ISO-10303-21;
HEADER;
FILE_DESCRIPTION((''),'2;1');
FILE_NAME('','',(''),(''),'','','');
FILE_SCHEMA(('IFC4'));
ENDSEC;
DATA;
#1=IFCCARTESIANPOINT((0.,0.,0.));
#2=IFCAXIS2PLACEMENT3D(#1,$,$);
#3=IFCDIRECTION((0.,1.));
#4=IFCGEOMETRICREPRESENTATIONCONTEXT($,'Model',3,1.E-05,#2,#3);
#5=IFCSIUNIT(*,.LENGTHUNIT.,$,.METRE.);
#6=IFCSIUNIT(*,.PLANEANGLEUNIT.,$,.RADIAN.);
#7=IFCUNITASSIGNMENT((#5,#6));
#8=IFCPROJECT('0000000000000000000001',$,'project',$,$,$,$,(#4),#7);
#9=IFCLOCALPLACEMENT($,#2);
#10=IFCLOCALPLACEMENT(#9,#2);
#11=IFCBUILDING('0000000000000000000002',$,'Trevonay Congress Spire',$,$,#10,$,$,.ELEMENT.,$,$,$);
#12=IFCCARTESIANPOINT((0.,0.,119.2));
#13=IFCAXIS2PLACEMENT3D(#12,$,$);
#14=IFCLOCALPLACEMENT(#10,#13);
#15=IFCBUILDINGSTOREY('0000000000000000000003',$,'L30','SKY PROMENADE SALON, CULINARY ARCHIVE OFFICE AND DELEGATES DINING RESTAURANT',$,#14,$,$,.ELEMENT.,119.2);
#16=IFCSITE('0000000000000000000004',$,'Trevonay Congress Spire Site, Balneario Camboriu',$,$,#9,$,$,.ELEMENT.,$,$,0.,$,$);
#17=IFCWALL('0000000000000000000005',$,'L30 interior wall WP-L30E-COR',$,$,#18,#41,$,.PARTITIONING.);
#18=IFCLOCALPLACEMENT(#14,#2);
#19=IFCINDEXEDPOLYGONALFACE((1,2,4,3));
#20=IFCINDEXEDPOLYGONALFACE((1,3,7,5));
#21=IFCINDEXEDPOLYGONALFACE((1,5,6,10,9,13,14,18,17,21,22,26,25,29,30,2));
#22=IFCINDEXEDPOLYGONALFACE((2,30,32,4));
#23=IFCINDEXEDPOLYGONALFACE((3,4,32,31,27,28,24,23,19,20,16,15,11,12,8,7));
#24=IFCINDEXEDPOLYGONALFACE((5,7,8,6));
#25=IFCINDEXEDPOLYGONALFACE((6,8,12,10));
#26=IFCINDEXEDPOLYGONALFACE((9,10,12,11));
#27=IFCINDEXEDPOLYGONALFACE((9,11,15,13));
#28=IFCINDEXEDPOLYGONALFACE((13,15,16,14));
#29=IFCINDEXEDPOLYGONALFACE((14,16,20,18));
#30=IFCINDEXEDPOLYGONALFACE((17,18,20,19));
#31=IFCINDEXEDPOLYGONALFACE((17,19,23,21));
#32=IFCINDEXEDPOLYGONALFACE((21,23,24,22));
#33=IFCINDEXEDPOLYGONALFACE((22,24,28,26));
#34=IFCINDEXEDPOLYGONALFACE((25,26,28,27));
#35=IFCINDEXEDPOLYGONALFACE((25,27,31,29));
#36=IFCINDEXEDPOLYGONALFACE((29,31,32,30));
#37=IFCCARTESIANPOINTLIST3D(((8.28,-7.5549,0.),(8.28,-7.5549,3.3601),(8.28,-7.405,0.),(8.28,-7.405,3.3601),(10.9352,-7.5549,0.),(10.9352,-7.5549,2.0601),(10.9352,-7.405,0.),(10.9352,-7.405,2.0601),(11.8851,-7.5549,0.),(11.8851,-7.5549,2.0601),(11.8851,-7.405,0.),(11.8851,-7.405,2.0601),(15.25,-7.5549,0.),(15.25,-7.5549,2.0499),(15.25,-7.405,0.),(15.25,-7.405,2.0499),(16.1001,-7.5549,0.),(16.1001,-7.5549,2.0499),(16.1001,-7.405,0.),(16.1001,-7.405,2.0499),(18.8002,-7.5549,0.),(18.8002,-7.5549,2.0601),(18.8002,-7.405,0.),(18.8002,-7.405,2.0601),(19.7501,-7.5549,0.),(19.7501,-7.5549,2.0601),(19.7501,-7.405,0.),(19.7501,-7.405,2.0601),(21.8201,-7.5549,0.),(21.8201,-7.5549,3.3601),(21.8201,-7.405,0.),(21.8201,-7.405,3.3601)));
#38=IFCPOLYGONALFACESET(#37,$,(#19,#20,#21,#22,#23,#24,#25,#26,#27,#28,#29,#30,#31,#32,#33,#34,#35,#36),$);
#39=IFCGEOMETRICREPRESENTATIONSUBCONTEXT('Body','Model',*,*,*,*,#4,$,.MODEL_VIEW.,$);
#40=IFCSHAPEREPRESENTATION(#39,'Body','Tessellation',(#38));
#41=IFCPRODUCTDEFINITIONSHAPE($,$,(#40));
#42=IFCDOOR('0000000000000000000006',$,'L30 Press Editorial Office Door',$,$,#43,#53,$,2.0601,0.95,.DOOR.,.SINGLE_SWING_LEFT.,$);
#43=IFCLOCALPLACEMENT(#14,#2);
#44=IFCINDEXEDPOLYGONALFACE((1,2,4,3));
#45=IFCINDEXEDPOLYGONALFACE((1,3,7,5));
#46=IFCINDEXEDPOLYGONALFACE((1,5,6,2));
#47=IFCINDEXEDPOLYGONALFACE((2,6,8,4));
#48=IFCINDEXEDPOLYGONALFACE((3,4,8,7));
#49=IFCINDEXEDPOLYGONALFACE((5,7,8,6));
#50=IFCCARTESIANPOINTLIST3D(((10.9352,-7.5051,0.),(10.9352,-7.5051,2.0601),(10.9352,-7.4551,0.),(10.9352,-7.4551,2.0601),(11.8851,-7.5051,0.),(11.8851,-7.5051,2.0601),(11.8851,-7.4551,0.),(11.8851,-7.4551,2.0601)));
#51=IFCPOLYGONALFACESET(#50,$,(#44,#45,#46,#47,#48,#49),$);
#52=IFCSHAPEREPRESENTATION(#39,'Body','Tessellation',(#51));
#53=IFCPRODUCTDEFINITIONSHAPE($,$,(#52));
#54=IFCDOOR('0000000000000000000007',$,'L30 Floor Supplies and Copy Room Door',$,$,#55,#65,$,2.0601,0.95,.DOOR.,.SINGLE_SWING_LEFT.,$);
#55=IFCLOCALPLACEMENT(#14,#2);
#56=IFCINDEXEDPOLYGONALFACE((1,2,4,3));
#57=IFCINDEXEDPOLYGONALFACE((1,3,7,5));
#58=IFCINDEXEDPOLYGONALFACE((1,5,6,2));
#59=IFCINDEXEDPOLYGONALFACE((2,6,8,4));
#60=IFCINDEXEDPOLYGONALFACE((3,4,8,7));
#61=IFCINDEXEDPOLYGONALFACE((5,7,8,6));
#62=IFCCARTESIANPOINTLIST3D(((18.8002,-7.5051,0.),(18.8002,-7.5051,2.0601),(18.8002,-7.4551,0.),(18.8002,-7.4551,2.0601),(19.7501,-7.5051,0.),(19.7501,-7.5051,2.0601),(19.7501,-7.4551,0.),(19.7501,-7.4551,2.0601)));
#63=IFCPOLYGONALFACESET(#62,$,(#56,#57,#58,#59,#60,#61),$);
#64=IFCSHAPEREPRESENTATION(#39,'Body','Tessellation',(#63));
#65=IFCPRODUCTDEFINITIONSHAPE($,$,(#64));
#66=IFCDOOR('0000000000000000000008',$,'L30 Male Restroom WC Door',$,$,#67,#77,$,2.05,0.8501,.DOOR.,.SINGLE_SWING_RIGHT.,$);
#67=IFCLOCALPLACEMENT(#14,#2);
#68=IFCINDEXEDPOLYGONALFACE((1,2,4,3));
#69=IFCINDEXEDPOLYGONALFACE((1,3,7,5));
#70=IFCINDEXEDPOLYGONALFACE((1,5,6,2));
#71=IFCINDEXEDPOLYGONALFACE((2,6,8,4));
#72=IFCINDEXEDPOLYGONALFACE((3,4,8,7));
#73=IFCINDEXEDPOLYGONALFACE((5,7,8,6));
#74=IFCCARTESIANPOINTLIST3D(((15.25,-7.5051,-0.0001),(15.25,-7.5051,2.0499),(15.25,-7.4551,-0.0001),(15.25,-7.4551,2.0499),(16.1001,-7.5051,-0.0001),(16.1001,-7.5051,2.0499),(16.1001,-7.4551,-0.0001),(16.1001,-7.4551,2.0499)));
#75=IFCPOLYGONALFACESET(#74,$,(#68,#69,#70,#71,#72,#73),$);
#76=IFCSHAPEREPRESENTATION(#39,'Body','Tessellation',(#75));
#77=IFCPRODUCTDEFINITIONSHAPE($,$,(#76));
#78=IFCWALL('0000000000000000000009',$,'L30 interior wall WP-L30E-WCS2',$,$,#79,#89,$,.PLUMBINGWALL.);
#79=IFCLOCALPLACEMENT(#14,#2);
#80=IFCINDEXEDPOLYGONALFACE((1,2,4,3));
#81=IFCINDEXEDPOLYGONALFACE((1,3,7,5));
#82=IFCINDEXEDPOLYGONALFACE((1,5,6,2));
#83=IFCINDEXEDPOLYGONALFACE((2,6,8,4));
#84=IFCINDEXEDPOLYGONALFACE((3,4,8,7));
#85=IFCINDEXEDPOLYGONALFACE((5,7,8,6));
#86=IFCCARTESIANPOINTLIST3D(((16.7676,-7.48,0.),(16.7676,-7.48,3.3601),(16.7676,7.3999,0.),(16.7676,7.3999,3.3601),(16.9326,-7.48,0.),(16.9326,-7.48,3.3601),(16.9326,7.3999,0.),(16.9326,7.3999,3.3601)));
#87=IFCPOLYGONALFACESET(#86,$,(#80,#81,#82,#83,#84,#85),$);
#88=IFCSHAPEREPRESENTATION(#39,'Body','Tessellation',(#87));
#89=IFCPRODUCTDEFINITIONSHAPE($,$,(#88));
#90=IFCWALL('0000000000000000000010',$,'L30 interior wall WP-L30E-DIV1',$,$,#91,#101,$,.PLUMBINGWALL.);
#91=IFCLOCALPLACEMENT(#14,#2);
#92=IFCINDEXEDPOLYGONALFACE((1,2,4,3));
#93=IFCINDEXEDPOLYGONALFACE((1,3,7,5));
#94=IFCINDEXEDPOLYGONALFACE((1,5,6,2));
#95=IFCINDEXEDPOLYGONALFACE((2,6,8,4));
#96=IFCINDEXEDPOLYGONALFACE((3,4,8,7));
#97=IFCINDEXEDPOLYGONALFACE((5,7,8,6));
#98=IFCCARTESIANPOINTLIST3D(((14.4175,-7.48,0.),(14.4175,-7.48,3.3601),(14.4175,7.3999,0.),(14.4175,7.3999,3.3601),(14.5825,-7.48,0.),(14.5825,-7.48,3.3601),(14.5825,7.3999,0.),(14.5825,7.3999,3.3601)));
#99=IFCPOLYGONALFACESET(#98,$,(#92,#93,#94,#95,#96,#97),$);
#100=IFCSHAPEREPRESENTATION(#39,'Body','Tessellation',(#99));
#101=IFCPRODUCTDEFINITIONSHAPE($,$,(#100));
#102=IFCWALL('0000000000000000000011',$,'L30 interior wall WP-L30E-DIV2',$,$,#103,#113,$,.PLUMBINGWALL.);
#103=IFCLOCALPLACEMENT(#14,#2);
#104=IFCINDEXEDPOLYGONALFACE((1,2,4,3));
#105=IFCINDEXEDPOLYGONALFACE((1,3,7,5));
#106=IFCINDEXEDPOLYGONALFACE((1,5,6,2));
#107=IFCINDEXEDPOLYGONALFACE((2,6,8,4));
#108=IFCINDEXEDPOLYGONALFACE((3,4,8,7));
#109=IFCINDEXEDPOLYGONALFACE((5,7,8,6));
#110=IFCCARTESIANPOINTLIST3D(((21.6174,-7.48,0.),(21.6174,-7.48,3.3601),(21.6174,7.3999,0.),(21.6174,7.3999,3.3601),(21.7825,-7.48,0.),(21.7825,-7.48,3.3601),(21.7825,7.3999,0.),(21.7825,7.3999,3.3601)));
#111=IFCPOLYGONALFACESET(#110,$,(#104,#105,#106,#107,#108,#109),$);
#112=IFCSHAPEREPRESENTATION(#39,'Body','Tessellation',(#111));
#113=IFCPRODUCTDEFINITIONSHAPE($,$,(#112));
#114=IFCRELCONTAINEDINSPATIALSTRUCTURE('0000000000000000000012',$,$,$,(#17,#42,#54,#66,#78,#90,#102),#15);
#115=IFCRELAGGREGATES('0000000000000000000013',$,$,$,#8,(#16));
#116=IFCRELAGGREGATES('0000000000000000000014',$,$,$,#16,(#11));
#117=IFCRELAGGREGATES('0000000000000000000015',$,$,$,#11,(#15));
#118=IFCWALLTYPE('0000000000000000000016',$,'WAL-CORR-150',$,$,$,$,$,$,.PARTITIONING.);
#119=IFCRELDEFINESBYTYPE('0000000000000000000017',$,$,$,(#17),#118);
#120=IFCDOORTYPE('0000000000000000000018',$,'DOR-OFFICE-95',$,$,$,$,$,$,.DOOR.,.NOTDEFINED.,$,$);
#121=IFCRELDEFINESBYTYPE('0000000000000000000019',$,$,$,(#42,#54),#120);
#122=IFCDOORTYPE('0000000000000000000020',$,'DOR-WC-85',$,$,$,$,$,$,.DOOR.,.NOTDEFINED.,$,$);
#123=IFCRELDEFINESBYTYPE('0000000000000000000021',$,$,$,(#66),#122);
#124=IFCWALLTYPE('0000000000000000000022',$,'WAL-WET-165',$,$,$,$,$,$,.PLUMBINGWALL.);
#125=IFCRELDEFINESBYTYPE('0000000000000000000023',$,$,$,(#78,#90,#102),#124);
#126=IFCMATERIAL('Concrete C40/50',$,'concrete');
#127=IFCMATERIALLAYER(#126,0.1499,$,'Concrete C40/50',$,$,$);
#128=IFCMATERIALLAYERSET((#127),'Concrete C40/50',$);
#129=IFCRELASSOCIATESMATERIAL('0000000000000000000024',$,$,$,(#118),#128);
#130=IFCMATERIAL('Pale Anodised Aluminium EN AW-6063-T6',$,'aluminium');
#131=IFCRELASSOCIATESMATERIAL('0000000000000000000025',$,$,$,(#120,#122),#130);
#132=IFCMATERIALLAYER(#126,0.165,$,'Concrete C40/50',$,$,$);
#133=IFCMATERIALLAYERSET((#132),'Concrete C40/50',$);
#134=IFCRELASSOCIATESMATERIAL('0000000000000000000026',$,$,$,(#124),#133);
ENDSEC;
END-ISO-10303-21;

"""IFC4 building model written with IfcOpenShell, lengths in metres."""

from ifc_helpers import new_model, si_unit, direction, frame, frame_2d, origin, place, context, subcontext, project, spatial, rectangle, extrude, material, layer, layer_set, type_object, element, fill, save


model = new_model("IFC4")

# Units and contexts
model_context = context("Model", 3, precision=1e-05, world=origin(), true_north=direction((0.0, 1.0)))
body_context = subcontext(model_context, "Body", "Model", "MODEL_VIEW")
ifc_project = project(units=[si_unit("LENGTHUNIT", "METRE"), si_unit("PLANEANGLEUNIT", "RADIAN")], contexts=[model_context])

# Site, building, storey
site_placement = place(None, origin())
site = spatial("IfcSite", under=ifc_project, at=site_placement, Name="Trevonay Congress Spire Site, Balneario Camboriu", CompositionType="ELEMENT", RefElevation=0.0)
building_placement = place(site_placement, origin())
building = spatial("IfcBuilding", under=site, at=building_placement, Name="Trevonay Congress Spire", CompositionType="ELEMENT")
storey_placement = place(building_placement, frame((0.0, 0.0, 119.2)))
storey = spatial("IfcBuildingStorey", under=building, at=storey_placement, Name="L30", Description="SKY PROMENADE SALON, CULINARY ARCHIVE OFFICE AND DELEGATES DINING RESTAURANT", CompositionType="ELEMENT", Elevation=119.2)

# Shared definitions
ifc_material_1 = material(Name="Pale Anodised Aluminium EN AW-6063-T6", Category="aluminium")

# Wall, openings, doors
ifc_material_2 = material(Name="Concrete C40/50", Category="concrete")
ifc_layer_1 = layer(ifc_material_2, 0.1499, Name="Concrete C40/50")
ifc_layer_set_1 = layer_set([ifc_layer_1], Name="Concrete C40/50")
wall_type_1 = type_object("IfcWallType", Name="WAL-CORR-150", PredefinedType="PARTITIONING", material=ifc_layer_set_1)
wall_placement = place(storey_placement, frame((8.28, -7.48, 0.0), z_axis=(0.0, 0.0, 1.0), x_axis=(1.0, 0.0, 0.0)))
wall = element("IfcWall", 1, at=wall_placement, inside=storey, type_object=wall_type_1, Name="L30 interior wall WP-L30E-COR", PredefinedType="PARTITIONING", context=body_context, shape_type="SweptSolid", body=[
    extrude(rectangle(XDim=13.54, YDim=0.1499, at=frame_2d((6.77, 0.0))), origin(), (0.0, 0.0, 1.0), 3.3601),
])
opening_1_placement = place(wall_placement, frame((2.655, 0.0, 0.0)))
opening_1 = element("IfcOpeningElement", 2, at=opening_1_placement, cuts=wall, PredefinedType="OPENING", context=body_context, shape_type="SweptSolid", body=[
    extrude(rectangle(XDim=0.95, YDim=2.0601, at=frame_2d((0.4751, 1.03))), frame((0.0, 0.085, 0.0), z_axis=(0.0, -1.0, 0.0), x_axis=(1.0, 0.0, 0.0)), (0.0, 0.0, 1.0), 0.1699),
])
opening_2_placement = place(wall_placement, frame((6.97, 0.0, 0.0)))
opening_2 = element("IfcOpeningElement", 3, at=opening_2_placement, cuts=wall, PredefinedType="OPENING", context=body_context, shape_type="SweptSolid", body=[
    extrude(rectangle(XDim=0.8501, YDim=2.05, at=frame_2d((0.425, 1.0249))), frame((0.0, 0.085, 0.0), z_axis=(0.0, -1.0, 0.0), x_axis=(1.0, 0.0, 0.0)), (0.0, 0.0, 1.0), 0.1699),
])
opening_3_placement = place(wall_placement, frame((10.52, 0.0, 0.0)))
opening_3 = element("IfcOpeningElement", 4, at=opening_3_placement, cuts=wall, PredefinedType="OPENING", context=body_context, shape_type="SweptSolid", body=[
    extrude(rectangle(XDim=0.95, YDim=2.0601, at=frame_2d((0.4751, 1.03))), frame((0.0, 0.085, 0.0), z_axis=(0.0, -1.0, 0.0), x_axis=(1.0, 0.0, 0.0)), (0.0, 0.0, 1.0), 0.1699),
])
door_type_1 = type_object("IfcDoorType", Name="DOR-OFFICE-95", OperationType="NOTDEFINED", PredefinedType="DOOR", material=ifc_material_1)
door_1_placement = place(opening_1_placement, origin())
door_1 = element("IfcDoor", 5, at=door_1_placement, inside=storey, type_object=door_type_1, Name="L30 Press Editorial Office Door", OperationType="SINGLE_SWING_LEFT", OverallHeight=2.0601, OverallWidth=0.95, PredefinedType="DOOR", context=body_context, shape_type="SweptSolid", body=[
    extrude(rectangle(XDim=0.95, YDim=2.0601, at=frame_2d((0.4751, 1.03))), frame((0.0, 0.0249, 0.0), z_axis=(0.0, -1.0, 0.0), x_axis=(1.0, 0.0, 0.0)), (0.0, 0.0, 1.0), 0.05),
])
fill(opening_1, door_1)
door_2_placement = place(opening_3_placement, origin())
door_2 = element("IfcDoor", 6, at=door_2_placement, inside=storey, type_object=door_type_1, Name="L30 Floor Supplies and Copy Room Door", OperationType="SINGLE_SWING_LEFT", OverallHeight=2.0601, OverallWidth=0.95, PredefinedType="DOOR", context=body_context, shape_type="SweptSolid", body=[
    extrude(rectangle(XDim=0.95, YDim=2.0601, at=frame_2d((0.4751, 1.03))), frame((0.0, 0.0249, 0.0), z_axis=(0.0, -1.0, 0.0), x_axis=(1.0, 0.0, 0.0)), (0.0, 0.0, 1.0), 0.05),
])
fill(opening_3, door_2)
door_type_2 = type_object("IfcDoorType", Name="DOR-WC-85", OperationType="NOTDEFINED", PredefinedType="DOOR", material=ifc_material_1)
door_3_placement = place(opening_2_placement, origin())
door_3 = element("IfcDoor", 7, at=door_3_placement, inside=storey, type_object=door_type_2, Name="L30 Male Restroom WC Door", OperationType="SINGLE_SWING_RIGHT", OverallHeight=2.05, OverallWidth=0.8501, PredefinedType="DOOR", context=body_context, shape_type="SweptSolid", body=[
    extrude(rectangle(XDim=0.8501, YDim=2.05, at=frame_2d((0.425, 1.0249))), frame((0.0, 0.0249, 0.0), z_axis=(0.0, -1.0, 0.0), x_axis=(1.0, 0.0, 0.0)), (0.0, 0.0, 1.0), 0.05),
])
fill(opening_2, door_3)

# Walls
ifc_layer_2 = layer(ifc_material_2, 0.165, Name="Concrete C40/50")
ifc_layer_set_2 = layer_set([ifc_layer_2], Name="Concrete C40/50")
wall_type_2 = type_object("IfcWallType", Name="WAL-WET-165", PredefinedType="PLUMBINGWALL", material=ifc_layer_set_2)
for number, where, z_axis, x_axis, name in (
    (8, (16.8501, -7.48, 0.0), (0.0, 0.0, 1.0), (0.0, 1.0, 0.0), "L30 interior wall WP-L30E-WCS2"),
    (9, (14.5, -7.48, 0.0), (0.0, 0.0, 1.0), (0.0, 1.0, 0.0), "L30 interior wall WP-L30E-DIV1"),
    (10, (21.7, -7.48, 0.0), (0.0, 0.0, 1.0), (0.0, 1.0, 0.0), "L30 interior wall WP-L30E-DIV2"),
):
    element("IfcWall", number, at=place(storey_placement, frame(where, z_axis=z_axis, x_axis=x_axis)), inside=storey, type_object=wall_type_2, Name=name, PredefinedType="PLUMBINGWALL", context=body_context, shape_type="SweptSolid", body=[
        extrude(rectangle(XDim=14.8799, YDim=0.165, at=frame_2d((7.4399, 0.0))), origin(), (0.0, 0.0, 1.0), 3.3601),
    ])

save(model, "model.ifc")
